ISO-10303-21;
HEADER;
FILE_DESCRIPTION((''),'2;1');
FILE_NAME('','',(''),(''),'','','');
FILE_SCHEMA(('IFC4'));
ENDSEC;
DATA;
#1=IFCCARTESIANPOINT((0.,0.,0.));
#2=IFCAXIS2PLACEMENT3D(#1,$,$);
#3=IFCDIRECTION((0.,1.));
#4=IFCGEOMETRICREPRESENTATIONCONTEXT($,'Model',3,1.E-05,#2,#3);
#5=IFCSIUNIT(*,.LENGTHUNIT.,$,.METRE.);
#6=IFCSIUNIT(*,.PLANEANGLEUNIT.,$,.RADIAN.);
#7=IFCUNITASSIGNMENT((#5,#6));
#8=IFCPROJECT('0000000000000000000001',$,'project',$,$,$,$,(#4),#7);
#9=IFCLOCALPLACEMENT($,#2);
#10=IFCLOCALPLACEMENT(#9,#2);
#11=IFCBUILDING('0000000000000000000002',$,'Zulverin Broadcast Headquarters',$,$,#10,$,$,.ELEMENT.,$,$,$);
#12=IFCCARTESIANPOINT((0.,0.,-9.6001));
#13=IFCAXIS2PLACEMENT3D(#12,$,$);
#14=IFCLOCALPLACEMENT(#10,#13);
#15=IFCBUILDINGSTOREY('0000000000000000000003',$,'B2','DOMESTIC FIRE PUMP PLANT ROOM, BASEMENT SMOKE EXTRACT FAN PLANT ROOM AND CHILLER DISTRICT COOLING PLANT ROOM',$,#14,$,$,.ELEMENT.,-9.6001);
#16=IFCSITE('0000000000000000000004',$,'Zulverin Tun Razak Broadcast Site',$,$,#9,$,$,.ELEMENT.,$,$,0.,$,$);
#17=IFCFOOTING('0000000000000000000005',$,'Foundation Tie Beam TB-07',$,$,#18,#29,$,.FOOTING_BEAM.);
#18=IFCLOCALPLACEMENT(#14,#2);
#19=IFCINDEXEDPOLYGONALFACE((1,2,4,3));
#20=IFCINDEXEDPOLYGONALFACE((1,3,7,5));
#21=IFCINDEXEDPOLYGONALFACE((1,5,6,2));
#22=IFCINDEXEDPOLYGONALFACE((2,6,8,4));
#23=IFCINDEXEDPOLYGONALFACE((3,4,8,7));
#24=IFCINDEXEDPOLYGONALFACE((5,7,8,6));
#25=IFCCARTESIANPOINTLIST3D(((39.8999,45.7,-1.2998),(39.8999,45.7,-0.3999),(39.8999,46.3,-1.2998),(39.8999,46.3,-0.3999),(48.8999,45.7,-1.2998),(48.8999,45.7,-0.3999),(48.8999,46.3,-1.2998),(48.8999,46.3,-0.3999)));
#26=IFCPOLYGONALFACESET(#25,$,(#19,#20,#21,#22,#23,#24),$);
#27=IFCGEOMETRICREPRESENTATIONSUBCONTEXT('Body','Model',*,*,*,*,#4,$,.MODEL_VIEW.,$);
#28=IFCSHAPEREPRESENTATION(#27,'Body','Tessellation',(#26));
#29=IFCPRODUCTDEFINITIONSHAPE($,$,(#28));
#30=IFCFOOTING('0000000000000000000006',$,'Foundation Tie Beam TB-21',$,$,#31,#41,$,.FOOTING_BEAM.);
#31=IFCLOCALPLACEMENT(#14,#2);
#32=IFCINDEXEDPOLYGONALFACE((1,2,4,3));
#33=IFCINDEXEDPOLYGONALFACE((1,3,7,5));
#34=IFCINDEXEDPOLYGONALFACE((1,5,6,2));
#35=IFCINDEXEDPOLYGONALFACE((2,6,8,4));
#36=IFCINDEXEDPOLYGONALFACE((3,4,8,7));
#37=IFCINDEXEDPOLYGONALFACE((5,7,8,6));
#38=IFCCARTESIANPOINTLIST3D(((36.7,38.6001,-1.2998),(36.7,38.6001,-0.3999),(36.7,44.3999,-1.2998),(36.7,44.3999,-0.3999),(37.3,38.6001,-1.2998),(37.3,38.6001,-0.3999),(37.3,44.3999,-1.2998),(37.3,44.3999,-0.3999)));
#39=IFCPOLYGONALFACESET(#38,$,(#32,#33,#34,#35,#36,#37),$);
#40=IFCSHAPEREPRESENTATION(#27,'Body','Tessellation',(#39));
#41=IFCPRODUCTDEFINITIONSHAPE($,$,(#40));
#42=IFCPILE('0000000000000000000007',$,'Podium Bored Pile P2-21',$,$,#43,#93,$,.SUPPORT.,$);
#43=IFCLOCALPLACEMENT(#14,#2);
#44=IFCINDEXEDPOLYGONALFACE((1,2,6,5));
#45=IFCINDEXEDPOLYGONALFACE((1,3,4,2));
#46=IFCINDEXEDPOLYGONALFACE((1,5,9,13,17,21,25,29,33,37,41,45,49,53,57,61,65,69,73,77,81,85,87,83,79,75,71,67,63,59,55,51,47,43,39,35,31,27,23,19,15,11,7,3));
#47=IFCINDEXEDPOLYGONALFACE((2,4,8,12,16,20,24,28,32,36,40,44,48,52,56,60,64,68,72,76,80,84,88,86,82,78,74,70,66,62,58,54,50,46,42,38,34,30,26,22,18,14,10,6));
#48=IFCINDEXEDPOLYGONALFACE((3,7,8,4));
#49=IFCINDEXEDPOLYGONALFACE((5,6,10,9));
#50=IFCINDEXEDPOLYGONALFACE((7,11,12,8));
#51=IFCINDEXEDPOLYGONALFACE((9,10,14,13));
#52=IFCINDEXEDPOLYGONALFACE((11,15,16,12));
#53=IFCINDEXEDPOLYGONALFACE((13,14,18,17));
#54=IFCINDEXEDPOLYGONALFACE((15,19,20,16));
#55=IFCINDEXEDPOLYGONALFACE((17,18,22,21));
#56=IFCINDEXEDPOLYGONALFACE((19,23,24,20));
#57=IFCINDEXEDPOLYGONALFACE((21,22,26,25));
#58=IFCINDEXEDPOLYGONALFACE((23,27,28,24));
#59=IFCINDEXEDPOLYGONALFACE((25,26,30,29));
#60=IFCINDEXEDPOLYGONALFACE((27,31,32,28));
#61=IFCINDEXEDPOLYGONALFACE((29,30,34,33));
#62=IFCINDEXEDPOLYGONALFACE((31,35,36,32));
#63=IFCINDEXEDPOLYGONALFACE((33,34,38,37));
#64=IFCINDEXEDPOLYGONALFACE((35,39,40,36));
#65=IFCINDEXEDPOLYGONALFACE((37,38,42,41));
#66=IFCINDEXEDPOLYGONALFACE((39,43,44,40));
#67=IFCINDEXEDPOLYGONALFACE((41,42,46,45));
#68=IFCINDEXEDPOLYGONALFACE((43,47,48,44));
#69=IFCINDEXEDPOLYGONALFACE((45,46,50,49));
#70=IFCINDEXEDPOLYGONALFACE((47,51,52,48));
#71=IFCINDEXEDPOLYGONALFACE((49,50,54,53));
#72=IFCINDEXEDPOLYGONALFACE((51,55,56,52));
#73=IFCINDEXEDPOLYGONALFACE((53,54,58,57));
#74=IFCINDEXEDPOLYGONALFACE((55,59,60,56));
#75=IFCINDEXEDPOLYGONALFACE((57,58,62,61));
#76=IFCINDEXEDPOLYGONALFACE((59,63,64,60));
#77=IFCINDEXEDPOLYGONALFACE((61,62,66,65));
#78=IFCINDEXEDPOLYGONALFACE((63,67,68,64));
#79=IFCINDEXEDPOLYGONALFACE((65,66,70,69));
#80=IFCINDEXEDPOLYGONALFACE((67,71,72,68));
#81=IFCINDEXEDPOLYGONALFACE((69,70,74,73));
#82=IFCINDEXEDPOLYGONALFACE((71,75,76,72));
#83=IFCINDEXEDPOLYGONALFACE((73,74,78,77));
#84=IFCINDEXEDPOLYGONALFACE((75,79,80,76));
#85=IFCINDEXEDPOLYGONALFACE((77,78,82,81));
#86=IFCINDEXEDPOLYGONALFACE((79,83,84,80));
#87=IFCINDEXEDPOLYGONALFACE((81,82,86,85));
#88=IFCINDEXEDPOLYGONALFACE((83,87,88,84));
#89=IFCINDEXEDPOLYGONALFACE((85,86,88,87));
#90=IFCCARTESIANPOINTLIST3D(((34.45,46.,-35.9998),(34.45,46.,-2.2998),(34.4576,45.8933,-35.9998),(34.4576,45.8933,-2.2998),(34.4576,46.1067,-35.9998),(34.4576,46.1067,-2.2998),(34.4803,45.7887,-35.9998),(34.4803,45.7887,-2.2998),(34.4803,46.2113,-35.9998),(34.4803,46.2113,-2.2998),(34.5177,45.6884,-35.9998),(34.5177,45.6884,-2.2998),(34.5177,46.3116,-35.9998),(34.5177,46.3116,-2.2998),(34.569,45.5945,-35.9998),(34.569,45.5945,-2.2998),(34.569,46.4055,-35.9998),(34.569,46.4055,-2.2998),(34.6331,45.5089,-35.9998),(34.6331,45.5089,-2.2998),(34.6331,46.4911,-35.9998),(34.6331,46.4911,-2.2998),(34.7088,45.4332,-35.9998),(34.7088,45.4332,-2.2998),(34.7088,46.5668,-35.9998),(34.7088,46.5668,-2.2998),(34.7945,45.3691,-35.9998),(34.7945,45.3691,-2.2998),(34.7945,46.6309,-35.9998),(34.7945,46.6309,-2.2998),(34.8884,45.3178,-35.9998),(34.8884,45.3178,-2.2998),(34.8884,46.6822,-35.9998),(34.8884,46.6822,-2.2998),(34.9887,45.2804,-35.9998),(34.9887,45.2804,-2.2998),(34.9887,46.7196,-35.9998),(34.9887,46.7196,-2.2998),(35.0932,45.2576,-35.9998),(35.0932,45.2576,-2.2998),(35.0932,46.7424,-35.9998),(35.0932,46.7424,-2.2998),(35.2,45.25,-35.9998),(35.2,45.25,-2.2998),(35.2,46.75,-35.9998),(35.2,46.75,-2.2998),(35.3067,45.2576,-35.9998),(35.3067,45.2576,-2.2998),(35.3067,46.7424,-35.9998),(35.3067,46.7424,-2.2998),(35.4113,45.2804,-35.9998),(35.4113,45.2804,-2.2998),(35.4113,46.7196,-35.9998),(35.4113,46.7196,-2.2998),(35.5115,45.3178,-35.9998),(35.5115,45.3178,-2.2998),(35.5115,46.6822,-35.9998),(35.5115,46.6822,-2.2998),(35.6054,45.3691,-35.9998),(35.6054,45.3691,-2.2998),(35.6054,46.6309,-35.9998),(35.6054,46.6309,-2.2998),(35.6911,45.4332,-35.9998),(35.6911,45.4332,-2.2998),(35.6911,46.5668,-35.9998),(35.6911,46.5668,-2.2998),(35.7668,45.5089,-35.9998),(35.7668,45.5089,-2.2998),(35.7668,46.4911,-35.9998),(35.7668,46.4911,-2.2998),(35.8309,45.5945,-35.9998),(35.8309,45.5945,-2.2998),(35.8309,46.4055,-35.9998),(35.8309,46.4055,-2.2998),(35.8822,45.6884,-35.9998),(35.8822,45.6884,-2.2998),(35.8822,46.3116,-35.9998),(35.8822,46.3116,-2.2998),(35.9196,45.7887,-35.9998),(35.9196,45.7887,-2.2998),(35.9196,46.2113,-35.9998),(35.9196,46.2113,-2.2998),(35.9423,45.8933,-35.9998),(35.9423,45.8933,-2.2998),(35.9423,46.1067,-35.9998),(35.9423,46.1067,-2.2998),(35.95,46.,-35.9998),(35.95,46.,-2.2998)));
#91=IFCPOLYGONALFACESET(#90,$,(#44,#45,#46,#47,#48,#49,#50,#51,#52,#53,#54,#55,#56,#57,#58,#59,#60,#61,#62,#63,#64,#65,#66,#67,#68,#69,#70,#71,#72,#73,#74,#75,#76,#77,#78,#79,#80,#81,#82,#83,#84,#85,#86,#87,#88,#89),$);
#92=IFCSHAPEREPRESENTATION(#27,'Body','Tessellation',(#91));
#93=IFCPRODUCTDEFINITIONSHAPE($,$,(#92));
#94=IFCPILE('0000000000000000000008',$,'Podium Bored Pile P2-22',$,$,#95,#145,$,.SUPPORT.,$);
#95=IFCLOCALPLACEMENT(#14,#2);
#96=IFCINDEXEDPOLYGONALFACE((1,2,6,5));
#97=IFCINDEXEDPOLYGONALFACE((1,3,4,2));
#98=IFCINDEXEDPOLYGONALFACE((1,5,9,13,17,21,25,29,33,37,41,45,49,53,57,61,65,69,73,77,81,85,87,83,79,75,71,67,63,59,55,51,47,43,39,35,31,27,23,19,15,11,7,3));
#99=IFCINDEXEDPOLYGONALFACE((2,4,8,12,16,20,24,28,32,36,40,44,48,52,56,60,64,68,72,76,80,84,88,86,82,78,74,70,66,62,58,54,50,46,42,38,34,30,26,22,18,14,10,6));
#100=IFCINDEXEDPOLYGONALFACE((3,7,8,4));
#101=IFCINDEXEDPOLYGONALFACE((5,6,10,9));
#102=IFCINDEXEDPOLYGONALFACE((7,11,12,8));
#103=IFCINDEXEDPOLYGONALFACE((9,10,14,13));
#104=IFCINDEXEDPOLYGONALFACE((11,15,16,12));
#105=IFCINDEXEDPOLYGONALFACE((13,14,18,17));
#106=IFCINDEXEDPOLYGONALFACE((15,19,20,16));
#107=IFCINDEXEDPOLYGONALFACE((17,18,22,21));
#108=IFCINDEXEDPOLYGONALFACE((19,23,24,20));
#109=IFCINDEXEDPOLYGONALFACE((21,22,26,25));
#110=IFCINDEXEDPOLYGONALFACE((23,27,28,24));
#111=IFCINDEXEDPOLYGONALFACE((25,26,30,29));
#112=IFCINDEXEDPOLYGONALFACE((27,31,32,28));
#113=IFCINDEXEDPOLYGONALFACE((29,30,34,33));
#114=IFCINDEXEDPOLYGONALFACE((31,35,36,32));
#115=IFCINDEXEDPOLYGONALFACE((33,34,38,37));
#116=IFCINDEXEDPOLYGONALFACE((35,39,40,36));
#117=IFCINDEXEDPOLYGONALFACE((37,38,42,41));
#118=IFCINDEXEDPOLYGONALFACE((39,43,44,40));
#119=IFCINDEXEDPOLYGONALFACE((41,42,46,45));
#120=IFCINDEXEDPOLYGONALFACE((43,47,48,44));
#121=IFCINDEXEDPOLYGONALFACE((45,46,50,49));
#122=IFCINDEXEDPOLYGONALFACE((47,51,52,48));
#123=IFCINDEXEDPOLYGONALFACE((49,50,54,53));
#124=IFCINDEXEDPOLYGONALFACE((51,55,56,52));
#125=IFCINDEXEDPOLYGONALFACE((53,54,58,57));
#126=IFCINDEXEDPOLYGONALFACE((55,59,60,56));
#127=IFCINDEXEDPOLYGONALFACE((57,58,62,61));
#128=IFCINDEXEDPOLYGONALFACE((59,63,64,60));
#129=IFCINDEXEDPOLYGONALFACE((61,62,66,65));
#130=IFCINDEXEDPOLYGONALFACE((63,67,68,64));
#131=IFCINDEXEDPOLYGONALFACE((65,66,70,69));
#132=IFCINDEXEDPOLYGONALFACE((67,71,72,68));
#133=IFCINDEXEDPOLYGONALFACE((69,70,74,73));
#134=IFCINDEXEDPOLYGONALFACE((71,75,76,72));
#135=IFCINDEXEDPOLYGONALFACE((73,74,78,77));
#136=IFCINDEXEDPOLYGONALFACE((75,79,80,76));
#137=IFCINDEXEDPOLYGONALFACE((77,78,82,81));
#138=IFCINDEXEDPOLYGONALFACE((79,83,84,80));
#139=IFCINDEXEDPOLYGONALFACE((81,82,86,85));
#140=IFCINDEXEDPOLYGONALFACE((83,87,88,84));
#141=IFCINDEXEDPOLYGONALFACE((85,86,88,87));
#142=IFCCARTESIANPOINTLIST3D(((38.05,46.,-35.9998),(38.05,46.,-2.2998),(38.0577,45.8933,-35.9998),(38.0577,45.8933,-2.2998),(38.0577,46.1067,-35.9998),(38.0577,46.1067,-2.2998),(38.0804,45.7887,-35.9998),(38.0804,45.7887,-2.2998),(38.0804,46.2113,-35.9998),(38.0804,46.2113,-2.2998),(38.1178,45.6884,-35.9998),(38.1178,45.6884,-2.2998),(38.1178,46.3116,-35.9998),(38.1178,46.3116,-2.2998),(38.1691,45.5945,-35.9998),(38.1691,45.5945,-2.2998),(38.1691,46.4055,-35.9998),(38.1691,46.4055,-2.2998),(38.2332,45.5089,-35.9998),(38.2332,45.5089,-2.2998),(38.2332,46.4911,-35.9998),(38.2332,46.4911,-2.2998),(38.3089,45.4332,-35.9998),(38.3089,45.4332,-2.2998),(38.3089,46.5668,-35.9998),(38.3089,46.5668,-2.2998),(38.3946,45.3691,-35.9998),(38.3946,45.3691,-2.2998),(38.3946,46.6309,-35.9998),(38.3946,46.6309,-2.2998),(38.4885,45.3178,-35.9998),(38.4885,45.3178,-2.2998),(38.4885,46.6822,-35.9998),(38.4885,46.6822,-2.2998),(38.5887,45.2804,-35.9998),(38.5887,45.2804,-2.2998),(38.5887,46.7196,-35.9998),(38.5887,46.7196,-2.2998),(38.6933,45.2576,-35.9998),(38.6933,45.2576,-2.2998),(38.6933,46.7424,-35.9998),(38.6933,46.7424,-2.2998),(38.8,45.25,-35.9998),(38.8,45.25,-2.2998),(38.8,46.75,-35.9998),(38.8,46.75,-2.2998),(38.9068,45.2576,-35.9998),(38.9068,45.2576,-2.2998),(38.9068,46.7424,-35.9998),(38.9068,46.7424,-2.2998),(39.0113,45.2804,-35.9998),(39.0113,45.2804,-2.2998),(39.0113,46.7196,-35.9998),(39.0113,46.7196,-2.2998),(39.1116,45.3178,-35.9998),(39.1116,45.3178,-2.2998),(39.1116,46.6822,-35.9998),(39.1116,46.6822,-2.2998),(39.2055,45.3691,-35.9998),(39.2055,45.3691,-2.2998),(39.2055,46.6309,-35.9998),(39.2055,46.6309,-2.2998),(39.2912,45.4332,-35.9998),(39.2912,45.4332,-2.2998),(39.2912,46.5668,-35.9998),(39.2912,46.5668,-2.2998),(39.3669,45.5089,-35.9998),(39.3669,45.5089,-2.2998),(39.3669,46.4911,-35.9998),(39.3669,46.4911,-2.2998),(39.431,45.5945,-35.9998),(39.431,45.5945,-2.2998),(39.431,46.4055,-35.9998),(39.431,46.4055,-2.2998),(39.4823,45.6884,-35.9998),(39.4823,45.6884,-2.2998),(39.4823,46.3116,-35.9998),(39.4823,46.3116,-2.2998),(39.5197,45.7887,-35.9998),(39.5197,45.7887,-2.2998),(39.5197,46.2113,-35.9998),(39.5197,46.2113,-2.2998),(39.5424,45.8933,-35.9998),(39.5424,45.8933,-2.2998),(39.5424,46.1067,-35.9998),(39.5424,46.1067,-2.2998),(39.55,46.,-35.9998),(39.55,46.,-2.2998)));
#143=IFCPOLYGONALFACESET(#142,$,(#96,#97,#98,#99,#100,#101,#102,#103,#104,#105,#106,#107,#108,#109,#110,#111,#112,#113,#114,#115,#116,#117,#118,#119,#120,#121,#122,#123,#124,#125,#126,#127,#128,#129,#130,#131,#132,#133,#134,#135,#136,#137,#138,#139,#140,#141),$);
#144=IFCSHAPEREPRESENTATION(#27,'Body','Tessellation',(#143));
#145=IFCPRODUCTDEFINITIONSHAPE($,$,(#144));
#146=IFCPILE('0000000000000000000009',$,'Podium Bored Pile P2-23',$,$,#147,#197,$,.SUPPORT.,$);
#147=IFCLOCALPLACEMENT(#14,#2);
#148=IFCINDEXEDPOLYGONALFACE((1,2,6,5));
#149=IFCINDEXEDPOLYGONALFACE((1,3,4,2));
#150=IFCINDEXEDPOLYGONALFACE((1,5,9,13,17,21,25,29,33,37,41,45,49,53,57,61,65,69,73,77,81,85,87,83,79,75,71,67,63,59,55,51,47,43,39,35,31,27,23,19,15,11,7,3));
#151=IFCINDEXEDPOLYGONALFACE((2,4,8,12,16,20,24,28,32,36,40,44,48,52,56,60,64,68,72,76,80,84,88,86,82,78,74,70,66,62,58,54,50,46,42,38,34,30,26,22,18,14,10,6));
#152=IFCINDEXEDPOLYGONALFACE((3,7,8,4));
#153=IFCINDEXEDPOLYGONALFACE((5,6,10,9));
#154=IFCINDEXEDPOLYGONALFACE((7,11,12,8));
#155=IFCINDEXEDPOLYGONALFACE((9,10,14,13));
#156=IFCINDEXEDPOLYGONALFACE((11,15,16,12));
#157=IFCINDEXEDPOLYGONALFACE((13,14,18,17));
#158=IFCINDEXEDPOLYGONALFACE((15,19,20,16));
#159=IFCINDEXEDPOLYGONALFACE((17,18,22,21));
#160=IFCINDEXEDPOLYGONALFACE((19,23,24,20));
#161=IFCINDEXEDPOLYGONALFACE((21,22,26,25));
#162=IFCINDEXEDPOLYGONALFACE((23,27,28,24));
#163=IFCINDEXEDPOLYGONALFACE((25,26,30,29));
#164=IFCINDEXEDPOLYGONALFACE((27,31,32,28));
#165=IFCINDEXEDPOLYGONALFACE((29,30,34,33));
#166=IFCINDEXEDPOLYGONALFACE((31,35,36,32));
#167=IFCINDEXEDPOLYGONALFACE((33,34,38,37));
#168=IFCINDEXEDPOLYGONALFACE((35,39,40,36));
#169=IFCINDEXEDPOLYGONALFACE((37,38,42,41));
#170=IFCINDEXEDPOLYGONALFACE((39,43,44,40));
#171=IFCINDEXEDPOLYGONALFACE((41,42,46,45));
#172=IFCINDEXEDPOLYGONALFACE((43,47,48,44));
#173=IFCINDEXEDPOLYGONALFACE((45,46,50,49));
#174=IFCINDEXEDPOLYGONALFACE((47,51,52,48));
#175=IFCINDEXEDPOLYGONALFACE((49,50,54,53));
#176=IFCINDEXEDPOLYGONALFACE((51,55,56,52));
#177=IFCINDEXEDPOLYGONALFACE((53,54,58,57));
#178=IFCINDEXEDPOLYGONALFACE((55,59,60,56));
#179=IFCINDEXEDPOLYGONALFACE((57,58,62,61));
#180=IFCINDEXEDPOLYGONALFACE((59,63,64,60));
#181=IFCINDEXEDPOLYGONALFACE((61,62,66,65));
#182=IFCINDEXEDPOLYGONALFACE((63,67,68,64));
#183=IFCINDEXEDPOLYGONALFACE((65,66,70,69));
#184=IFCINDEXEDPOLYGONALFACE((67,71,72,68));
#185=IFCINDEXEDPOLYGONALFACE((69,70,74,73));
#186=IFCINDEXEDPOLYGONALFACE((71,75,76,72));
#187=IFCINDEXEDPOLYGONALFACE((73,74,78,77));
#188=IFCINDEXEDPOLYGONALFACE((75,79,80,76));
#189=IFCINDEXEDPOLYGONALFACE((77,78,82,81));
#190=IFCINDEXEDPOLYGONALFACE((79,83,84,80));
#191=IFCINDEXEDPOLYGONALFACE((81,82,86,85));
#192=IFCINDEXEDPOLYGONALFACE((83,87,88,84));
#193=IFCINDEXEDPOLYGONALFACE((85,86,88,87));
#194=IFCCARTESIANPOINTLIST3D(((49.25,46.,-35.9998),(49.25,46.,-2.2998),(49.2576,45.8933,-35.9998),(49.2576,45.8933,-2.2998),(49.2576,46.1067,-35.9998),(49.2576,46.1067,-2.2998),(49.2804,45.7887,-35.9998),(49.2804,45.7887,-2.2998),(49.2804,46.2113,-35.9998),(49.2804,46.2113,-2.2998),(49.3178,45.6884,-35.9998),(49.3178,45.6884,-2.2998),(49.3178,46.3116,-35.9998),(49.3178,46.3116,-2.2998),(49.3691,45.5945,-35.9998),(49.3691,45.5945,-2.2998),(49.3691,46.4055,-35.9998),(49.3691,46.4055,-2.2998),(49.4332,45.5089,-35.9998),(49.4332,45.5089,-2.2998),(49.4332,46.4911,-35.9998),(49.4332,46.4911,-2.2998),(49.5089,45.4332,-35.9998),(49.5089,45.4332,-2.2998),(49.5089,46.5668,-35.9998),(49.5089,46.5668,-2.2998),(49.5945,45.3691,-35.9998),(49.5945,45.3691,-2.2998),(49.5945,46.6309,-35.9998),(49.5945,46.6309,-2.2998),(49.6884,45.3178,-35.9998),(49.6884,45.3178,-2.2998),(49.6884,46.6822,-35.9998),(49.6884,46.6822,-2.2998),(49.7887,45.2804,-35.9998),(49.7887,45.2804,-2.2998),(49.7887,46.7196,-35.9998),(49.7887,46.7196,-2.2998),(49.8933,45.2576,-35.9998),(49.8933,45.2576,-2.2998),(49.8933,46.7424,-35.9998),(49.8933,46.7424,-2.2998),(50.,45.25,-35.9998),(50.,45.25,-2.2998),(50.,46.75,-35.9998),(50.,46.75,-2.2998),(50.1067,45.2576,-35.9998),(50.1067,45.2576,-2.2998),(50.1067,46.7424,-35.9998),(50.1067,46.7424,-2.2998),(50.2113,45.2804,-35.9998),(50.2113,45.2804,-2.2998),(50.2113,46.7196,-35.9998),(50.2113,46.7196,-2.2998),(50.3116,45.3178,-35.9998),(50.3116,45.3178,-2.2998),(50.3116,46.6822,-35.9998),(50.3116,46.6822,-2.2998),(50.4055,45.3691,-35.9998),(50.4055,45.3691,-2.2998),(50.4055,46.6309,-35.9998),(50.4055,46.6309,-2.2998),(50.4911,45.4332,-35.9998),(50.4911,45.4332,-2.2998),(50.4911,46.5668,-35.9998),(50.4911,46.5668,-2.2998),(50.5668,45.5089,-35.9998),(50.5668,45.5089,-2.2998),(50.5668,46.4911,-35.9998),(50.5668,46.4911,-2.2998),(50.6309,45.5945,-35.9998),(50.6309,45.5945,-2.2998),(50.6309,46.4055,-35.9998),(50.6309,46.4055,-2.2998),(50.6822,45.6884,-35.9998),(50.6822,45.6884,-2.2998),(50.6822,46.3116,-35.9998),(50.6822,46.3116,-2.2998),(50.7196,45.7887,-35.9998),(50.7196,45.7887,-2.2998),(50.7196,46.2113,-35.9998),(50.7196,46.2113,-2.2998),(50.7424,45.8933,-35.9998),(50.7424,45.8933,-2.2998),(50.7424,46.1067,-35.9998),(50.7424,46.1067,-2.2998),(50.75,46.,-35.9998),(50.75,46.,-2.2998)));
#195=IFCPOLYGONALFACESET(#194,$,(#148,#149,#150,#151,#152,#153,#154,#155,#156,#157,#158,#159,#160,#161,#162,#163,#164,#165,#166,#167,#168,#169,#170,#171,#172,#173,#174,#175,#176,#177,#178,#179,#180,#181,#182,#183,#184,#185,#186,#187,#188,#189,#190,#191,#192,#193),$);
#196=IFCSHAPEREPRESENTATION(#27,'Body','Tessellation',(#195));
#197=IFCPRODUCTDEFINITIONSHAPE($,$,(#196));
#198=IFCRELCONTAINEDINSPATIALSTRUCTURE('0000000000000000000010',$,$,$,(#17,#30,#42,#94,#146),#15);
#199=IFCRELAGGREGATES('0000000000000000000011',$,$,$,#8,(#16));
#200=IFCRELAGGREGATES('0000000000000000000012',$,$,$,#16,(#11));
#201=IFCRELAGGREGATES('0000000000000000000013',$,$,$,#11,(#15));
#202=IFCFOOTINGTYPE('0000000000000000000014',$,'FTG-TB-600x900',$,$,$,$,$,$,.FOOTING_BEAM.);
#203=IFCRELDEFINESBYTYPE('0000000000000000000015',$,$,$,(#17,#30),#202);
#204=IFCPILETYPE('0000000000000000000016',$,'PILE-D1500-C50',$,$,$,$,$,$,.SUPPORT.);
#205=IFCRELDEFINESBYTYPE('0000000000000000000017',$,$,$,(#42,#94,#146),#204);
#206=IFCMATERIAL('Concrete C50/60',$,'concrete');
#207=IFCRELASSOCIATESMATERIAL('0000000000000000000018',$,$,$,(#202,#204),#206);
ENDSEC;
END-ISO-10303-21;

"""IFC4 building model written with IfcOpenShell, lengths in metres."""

from ifc_helpers import new_model, si_unit, direction, frame, origin, origin_2d, place, context, subcontext, project, spatial, rectangle, circle, extrude, material, material_profile, profile_set, type_object, element, save


model = new_model("IFC4")

# Units and contexts
model_context = context("Model", 3, precision=1e-05, world=origin(), true_north=direction((0.0, 1.0)))
body_context = subcontext(model_context, "Body", "Model", "MODEL_VIEW")
ifc_project = project(units=[si_unit("LENGTHUNIT", "METRE"), si_unit("PLANEANGLEUNIT", "RADIAN")], contexts=[model_context])

# Site, building, storey
site_placement = place(None, origin())
site = spatial("IfcSite", under=ifc_project, at=site_placement, Name="Zulverin Tun Razak Broadcast Site", CompositionType="ELEMENT", RefElevation=0.0)
building_placement = place(site_placement, origin())
building = spatial("IfcBuilding", under=site, at=building_placement, Name="Zulverin Broadcast Headquarters", CompositionType="ELEMENT")
storey_placement = place(building_placement, frame((0.0, 0.0, -9.6001)))
storey = spatial("IfcBuildingStorey", under=building, at=storey_placement, Name="B2", Description="DOMESTIC FIRE PUMP PLANT ROOM, BASEMENT SMOKE EXTRACT FAN PLANT ROOM AND CHILLER DISTRICT COOLING PLANT ROOM", CompositionType="ELEMENT", Elevation=-9.6001)

# Footings
ifc_material_1 = material(Name="Concrete C50/60", Category="concrete")
ifc_material_profile_1 = material_profile(ifc_material_1, rectangle(XDim=0.6001, YDim=0.8999, at=origin_2d()), Name="Concrete C50/60", Category="concrete")
ifc_profile_set_1 = profile_set([ifc_material_profile_1], Name="Concrete C50/60")
footing_type = type_object("IfcFootingType", Name="FTG-TB-600x900", PredefinedType="FOOTING_BEAM", material=ifc_profile_set_1)
footing_1_placement = place(storey_placement, frame((39.8999, 46.0, -0.8499), z_axis=(1.0, 0.0, 0.0), x_axis=(0.0, 1.0, 0.0)))
element("IfcFooting", 1, at=footing_1_placement, inside=storey, type_object=footing_type, Name="Foundation Tie Beam TB-07", PredefinedType="FOOTING_BEAM", context=body_context, shape_type="SweptSolid", body=[
    extrude(rectangle(XDim=0.6001, YDim=0.8999, at=origin_2d()), origin(), (0.0, 0.0, 1.0), 9.0),
])
footing_2_placement = place(storey_placement, frame((37.0, 38.6001, -0.8499), z_axis=(0.0, 1.0, 0.0), x_axis=(-1.0, 0.0, 0.0)))
element("IfcFooting", 2, at=footing_2_placement, inside=storey, type_object=footing_type, Name="Foundation Tie Beam TB-21", PredefinedType="FOOTING_BEAM", context=body_context, shape_type="SweptSolid", body=[
    extrude(rectangle(XDim=0.6001, YDim=0.8999, at=origin_2d()), origin(), (0.0, 0.0, 1.0), 5.7998),
])

# Piles
ifc_material_profile_2 = material_profile(ifc_material_1, circle(Radius=0.75, at=origin_2d()), Name="Concrete C50/60", Category="concrete")
ifc_profile_set_2 = profile_set([ifc_material_profile_2], Name="Concrete C50/60")
pile_type_1 = type_object("IfcPileType", Name="PILE-D1500-C50", PredefinedType="SUPPORT", material=ifc_profile_set_2)
for number, where, z_axis, x_axis, name in (
    (3, (35.2, 46.0, -2.2998), (0.0, 0.0, -1.0), (1.0, 0.0, 0.0), "Podium Bored Pile P2-21"),
    (4, (38.8, 46.0, -2.2998), (0.0, 0.0, -1.0), (1.0, 0.0, 0.0), "Podium Bored Pile P2-22"),
    (5, (50.0, 46.0, -2.2998), (0.0, 0.0, -1.0), (1.0, 0.0, 0.0), "Podium Bored Pile P2-23"),
):
    element("IfcPile", number, at=place(storey_placement, frame(where, z_axis=z_axis, x_axis=x_axis)), inside=storey, type_object=pile_type_1, Name=name, PredefinedType="SUPPORT", context=body_context, shape_type="SweptSolid", body=[
        extrude(circle(Radius=0.75, at=origin_2d()), origin(), (0.0, 0.0, 1.0), 33.7),
    ])

save(model, "model.ifc")
